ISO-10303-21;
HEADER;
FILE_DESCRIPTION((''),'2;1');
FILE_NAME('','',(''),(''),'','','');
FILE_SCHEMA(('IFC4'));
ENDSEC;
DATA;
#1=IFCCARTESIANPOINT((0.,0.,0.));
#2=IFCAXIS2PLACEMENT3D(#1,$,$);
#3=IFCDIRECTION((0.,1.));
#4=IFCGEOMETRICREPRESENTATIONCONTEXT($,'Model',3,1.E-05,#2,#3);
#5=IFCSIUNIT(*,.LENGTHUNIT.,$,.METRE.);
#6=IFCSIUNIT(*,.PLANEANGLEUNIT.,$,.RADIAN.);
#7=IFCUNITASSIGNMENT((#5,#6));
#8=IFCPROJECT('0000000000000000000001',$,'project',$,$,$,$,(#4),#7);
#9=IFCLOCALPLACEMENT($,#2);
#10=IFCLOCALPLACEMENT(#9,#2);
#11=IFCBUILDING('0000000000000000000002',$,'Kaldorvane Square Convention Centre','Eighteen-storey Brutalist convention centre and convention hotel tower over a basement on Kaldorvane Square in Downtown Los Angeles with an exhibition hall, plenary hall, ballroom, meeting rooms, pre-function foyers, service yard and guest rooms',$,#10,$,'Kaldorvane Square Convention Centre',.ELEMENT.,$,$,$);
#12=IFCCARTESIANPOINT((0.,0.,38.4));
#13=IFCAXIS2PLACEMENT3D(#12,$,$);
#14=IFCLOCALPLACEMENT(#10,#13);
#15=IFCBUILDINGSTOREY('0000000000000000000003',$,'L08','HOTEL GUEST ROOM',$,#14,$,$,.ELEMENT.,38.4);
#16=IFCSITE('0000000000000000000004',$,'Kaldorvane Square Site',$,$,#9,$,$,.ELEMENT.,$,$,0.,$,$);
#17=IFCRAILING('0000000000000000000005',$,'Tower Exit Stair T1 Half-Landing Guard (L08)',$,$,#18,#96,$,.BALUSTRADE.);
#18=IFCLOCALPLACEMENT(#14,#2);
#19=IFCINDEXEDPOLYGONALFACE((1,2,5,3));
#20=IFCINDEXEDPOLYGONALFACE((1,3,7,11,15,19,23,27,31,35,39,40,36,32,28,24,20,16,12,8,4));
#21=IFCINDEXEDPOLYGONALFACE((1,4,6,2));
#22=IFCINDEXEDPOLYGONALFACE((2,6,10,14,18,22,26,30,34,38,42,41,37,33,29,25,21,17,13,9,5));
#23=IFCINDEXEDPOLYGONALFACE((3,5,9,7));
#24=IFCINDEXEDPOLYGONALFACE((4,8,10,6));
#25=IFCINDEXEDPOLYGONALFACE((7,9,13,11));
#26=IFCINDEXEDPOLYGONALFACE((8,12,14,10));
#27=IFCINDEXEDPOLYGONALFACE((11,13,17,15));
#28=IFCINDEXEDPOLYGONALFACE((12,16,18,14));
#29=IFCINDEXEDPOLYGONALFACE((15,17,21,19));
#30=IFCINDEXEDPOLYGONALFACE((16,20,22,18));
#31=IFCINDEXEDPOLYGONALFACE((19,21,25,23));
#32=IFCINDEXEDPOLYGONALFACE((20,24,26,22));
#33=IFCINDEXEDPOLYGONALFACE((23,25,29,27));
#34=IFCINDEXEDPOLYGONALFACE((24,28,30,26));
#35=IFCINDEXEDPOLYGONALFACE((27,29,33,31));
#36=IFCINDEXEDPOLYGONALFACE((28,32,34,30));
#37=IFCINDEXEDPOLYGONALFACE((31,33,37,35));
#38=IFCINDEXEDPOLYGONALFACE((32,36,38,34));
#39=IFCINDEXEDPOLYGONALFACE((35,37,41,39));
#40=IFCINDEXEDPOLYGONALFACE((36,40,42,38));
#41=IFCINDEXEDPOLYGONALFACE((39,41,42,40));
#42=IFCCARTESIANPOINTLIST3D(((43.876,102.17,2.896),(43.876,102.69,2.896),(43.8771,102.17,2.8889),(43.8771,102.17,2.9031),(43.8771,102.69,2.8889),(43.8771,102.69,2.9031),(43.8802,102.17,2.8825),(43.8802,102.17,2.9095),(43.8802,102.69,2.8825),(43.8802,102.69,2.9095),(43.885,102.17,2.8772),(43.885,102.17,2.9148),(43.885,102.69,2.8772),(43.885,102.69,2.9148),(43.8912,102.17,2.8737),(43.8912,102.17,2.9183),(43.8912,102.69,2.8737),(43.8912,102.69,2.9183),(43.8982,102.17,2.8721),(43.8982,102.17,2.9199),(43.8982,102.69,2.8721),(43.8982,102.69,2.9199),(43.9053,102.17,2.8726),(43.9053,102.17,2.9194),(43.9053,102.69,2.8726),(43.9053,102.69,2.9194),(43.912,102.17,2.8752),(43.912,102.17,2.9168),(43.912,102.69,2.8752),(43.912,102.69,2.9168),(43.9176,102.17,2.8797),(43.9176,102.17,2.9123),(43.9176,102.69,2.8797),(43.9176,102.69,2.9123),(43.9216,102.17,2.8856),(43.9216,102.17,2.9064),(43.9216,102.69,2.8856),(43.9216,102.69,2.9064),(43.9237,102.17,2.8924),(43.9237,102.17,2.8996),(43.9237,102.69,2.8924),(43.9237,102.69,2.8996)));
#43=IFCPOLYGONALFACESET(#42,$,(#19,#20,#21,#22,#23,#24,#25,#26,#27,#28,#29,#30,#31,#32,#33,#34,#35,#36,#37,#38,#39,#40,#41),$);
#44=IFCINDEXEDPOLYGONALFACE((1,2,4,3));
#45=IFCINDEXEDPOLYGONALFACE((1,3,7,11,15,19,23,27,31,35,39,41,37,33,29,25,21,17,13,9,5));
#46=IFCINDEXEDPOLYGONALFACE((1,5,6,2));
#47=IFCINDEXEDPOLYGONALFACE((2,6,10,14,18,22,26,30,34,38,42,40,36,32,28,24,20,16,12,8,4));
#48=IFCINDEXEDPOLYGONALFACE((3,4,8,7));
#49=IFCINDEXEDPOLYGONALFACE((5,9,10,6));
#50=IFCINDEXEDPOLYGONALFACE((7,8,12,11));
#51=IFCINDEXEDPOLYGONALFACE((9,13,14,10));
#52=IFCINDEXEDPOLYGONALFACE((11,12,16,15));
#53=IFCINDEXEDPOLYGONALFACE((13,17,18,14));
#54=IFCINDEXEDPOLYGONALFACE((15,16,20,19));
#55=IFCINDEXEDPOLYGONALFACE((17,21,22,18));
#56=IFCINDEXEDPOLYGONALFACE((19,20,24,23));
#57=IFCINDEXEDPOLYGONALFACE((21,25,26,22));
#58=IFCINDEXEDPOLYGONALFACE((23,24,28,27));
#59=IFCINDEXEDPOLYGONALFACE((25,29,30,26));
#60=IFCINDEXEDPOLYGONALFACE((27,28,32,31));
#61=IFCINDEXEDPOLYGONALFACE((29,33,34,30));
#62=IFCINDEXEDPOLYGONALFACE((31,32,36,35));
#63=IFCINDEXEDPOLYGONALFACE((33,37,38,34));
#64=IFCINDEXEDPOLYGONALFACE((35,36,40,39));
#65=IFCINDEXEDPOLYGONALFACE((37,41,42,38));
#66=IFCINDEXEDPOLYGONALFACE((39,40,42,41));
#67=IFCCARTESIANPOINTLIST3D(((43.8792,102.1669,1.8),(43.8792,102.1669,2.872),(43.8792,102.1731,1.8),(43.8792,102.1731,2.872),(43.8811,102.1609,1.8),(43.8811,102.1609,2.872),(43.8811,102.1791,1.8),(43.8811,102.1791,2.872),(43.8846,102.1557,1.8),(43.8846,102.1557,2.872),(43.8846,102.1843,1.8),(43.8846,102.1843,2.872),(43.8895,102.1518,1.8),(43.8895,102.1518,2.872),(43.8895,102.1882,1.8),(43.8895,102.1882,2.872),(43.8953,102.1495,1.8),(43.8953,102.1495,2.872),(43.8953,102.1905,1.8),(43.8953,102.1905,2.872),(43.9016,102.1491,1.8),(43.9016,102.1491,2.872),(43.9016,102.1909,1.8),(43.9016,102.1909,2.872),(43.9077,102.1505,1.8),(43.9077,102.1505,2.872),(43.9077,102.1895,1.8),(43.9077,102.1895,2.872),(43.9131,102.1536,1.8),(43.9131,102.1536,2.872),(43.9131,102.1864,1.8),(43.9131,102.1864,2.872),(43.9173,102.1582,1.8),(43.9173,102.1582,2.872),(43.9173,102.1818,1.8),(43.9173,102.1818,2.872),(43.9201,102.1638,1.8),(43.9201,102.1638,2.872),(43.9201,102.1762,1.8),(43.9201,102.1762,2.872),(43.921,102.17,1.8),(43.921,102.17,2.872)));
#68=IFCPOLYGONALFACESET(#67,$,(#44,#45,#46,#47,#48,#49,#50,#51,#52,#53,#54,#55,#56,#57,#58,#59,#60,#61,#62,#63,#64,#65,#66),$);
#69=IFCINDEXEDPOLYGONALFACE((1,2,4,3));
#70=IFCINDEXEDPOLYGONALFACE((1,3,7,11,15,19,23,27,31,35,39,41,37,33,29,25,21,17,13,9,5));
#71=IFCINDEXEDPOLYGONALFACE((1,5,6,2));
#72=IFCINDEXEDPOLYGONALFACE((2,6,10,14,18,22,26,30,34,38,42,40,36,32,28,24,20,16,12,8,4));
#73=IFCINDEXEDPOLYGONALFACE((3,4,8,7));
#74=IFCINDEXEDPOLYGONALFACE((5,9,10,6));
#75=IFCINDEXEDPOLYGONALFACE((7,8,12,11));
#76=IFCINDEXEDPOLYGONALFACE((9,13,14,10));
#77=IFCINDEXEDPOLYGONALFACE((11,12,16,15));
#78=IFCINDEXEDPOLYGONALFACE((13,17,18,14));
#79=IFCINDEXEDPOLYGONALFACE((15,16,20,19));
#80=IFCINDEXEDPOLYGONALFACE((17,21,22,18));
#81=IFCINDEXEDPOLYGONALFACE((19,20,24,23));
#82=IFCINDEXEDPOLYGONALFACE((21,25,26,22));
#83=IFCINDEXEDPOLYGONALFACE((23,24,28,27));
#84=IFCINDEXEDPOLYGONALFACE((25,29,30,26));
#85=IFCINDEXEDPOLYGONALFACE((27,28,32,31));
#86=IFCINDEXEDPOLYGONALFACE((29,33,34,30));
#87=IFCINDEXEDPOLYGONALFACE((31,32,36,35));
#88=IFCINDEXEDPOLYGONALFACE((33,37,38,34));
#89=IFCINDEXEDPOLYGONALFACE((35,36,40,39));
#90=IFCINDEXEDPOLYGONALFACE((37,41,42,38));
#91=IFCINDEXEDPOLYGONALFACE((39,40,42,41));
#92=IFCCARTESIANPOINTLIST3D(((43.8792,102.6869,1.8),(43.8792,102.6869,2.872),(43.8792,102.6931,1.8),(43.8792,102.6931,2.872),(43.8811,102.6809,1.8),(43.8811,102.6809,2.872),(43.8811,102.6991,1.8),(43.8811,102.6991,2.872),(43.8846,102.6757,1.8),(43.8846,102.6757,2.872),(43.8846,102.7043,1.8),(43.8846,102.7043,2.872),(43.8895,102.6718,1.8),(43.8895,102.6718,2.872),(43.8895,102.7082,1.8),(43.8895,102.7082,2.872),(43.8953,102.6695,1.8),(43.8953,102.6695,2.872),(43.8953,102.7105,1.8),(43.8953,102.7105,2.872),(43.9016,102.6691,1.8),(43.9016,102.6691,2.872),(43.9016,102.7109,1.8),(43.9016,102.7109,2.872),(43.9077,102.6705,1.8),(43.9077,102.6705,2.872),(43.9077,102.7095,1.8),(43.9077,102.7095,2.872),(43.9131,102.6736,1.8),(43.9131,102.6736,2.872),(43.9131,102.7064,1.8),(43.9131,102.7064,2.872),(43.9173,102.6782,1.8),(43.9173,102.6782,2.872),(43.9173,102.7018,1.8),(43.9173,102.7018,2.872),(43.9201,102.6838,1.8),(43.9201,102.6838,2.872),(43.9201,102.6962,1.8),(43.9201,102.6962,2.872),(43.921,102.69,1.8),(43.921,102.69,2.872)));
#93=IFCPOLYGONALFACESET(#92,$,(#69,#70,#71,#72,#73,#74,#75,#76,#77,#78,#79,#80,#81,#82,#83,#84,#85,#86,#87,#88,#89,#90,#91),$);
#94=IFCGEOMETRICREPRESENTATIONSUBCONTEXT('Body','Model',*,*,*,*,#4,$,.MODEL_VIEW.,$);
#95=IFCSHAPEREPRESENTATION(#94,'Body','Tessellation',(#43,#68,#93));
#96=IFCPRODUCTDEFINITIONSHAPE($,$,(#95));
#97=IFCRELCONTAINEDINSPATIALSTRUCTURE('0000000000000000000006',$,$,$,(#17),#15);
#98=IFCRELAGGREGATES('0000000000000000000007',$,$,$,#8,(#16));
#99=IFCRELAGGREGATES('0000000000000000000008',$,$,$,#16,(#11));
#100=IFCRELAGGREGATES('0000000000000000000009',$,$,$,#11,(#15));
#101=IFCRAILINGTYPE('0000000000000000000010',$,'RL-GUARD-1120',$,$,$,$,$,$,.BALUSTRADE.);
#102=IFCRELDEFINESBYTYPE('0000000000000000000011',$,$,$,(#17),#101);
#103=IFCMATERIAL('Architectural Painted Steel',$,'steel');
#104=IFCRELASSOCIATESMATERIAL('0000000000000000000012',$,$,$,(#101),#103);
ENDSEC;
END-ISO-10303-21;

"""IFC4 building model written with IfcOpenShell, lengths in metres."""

from ifc_helpers import new_model, si_unit, direction, frame, origin, origin_2d, place, context, subcontext, project, spatial, circle, extrude, material, type_object, element, save


model = new_model("IFC4")

# Units and contexts
model_context = context("Model", 3, precision=1e-05, world=origin(), true_north=direction((0.0, 1.0)))
body_context = subcontext(model_context, "Body", "Model", "MODEL_VIEW")
ifc_project = project(units=[si_unit("LENGTHUNIT", "METRE"), si_unit("PLANEANGLEUNIT", "RADIAN")], contexts=[model_context])

# Site, building, storey
site_placement = place(None, origin())
site = spatial("IfcSite", under=ifc_project, at=site_placement, Name="Kaldorvane Square Site", CompositionType="ELEMENT", RefElevation=0.0)
building_placement = place(site_placement, origin())
building = spatial("IfcBuilding", under=site, at=building_placement, Name="Kaldorvane Square Convention Centre", Description="Eighteen-storey Brutalist convention centre and convention hotel tower over a basement on Kaldorvane Square in Downtown Los Angeles with an exhibition hall, plenary hall, ballroom, meeting rooms, pre-function foyers, service yard and guest rooms", LongName="Kaldorvane Square Convention Centre", CompositionType="ELEMENT")
storey_placement = place(building_placement, frame((0.0, 0.0, 38.4)))
storey = spatial("IfcBuildingStorey", under=building, at=storey_placement, Name="L08", Description="HOTEL GUEST ROOM", CompositionType="ELEMENT", Elevation=38.4)

# Railing
ifc_material_1 = material(Name="Architectural Painted Steel", Category="steel")
railing_type_1 = type_object("IfcRailingType", Name="RL-GUARD-1120", PredefinedType="BALUSTRADE", material=ifc_material_1)
railing_1_placement = place(storey_placement, frame((43.9, 102.17, 1.8)))
element("IfcRailing", 1, at=railing_1_placement, inside=storey, type_object=railing_type_1, Name="Tower Exit Stair T1 Half-Landing Guard (L08)", PredefinedType="BALUSTRADE", context=body_context, shape_type="SweptSolid", body=[
    extrude(circle(Radius=0.024, at=origin_2d()), frame((0.0, 0.0, 1.096), z_axis=(0.0, 1.0, 0.0), x_axis=(-1.0, 0.0, 0.0)), (0.0, 0.0, 1.0), 0.52),
    extrude(circle(Radius=0.021, at=origin_2d()), origin(), (0.0, 0.0, 1.0), 1.072),
    extrude(circle(Radius=0.021, at=origin_2d()), frame((0.0, 0.52, 0.0)), (0.0, 0.0, 1.0), 1.072),
])

save(model, "model.ifc")
